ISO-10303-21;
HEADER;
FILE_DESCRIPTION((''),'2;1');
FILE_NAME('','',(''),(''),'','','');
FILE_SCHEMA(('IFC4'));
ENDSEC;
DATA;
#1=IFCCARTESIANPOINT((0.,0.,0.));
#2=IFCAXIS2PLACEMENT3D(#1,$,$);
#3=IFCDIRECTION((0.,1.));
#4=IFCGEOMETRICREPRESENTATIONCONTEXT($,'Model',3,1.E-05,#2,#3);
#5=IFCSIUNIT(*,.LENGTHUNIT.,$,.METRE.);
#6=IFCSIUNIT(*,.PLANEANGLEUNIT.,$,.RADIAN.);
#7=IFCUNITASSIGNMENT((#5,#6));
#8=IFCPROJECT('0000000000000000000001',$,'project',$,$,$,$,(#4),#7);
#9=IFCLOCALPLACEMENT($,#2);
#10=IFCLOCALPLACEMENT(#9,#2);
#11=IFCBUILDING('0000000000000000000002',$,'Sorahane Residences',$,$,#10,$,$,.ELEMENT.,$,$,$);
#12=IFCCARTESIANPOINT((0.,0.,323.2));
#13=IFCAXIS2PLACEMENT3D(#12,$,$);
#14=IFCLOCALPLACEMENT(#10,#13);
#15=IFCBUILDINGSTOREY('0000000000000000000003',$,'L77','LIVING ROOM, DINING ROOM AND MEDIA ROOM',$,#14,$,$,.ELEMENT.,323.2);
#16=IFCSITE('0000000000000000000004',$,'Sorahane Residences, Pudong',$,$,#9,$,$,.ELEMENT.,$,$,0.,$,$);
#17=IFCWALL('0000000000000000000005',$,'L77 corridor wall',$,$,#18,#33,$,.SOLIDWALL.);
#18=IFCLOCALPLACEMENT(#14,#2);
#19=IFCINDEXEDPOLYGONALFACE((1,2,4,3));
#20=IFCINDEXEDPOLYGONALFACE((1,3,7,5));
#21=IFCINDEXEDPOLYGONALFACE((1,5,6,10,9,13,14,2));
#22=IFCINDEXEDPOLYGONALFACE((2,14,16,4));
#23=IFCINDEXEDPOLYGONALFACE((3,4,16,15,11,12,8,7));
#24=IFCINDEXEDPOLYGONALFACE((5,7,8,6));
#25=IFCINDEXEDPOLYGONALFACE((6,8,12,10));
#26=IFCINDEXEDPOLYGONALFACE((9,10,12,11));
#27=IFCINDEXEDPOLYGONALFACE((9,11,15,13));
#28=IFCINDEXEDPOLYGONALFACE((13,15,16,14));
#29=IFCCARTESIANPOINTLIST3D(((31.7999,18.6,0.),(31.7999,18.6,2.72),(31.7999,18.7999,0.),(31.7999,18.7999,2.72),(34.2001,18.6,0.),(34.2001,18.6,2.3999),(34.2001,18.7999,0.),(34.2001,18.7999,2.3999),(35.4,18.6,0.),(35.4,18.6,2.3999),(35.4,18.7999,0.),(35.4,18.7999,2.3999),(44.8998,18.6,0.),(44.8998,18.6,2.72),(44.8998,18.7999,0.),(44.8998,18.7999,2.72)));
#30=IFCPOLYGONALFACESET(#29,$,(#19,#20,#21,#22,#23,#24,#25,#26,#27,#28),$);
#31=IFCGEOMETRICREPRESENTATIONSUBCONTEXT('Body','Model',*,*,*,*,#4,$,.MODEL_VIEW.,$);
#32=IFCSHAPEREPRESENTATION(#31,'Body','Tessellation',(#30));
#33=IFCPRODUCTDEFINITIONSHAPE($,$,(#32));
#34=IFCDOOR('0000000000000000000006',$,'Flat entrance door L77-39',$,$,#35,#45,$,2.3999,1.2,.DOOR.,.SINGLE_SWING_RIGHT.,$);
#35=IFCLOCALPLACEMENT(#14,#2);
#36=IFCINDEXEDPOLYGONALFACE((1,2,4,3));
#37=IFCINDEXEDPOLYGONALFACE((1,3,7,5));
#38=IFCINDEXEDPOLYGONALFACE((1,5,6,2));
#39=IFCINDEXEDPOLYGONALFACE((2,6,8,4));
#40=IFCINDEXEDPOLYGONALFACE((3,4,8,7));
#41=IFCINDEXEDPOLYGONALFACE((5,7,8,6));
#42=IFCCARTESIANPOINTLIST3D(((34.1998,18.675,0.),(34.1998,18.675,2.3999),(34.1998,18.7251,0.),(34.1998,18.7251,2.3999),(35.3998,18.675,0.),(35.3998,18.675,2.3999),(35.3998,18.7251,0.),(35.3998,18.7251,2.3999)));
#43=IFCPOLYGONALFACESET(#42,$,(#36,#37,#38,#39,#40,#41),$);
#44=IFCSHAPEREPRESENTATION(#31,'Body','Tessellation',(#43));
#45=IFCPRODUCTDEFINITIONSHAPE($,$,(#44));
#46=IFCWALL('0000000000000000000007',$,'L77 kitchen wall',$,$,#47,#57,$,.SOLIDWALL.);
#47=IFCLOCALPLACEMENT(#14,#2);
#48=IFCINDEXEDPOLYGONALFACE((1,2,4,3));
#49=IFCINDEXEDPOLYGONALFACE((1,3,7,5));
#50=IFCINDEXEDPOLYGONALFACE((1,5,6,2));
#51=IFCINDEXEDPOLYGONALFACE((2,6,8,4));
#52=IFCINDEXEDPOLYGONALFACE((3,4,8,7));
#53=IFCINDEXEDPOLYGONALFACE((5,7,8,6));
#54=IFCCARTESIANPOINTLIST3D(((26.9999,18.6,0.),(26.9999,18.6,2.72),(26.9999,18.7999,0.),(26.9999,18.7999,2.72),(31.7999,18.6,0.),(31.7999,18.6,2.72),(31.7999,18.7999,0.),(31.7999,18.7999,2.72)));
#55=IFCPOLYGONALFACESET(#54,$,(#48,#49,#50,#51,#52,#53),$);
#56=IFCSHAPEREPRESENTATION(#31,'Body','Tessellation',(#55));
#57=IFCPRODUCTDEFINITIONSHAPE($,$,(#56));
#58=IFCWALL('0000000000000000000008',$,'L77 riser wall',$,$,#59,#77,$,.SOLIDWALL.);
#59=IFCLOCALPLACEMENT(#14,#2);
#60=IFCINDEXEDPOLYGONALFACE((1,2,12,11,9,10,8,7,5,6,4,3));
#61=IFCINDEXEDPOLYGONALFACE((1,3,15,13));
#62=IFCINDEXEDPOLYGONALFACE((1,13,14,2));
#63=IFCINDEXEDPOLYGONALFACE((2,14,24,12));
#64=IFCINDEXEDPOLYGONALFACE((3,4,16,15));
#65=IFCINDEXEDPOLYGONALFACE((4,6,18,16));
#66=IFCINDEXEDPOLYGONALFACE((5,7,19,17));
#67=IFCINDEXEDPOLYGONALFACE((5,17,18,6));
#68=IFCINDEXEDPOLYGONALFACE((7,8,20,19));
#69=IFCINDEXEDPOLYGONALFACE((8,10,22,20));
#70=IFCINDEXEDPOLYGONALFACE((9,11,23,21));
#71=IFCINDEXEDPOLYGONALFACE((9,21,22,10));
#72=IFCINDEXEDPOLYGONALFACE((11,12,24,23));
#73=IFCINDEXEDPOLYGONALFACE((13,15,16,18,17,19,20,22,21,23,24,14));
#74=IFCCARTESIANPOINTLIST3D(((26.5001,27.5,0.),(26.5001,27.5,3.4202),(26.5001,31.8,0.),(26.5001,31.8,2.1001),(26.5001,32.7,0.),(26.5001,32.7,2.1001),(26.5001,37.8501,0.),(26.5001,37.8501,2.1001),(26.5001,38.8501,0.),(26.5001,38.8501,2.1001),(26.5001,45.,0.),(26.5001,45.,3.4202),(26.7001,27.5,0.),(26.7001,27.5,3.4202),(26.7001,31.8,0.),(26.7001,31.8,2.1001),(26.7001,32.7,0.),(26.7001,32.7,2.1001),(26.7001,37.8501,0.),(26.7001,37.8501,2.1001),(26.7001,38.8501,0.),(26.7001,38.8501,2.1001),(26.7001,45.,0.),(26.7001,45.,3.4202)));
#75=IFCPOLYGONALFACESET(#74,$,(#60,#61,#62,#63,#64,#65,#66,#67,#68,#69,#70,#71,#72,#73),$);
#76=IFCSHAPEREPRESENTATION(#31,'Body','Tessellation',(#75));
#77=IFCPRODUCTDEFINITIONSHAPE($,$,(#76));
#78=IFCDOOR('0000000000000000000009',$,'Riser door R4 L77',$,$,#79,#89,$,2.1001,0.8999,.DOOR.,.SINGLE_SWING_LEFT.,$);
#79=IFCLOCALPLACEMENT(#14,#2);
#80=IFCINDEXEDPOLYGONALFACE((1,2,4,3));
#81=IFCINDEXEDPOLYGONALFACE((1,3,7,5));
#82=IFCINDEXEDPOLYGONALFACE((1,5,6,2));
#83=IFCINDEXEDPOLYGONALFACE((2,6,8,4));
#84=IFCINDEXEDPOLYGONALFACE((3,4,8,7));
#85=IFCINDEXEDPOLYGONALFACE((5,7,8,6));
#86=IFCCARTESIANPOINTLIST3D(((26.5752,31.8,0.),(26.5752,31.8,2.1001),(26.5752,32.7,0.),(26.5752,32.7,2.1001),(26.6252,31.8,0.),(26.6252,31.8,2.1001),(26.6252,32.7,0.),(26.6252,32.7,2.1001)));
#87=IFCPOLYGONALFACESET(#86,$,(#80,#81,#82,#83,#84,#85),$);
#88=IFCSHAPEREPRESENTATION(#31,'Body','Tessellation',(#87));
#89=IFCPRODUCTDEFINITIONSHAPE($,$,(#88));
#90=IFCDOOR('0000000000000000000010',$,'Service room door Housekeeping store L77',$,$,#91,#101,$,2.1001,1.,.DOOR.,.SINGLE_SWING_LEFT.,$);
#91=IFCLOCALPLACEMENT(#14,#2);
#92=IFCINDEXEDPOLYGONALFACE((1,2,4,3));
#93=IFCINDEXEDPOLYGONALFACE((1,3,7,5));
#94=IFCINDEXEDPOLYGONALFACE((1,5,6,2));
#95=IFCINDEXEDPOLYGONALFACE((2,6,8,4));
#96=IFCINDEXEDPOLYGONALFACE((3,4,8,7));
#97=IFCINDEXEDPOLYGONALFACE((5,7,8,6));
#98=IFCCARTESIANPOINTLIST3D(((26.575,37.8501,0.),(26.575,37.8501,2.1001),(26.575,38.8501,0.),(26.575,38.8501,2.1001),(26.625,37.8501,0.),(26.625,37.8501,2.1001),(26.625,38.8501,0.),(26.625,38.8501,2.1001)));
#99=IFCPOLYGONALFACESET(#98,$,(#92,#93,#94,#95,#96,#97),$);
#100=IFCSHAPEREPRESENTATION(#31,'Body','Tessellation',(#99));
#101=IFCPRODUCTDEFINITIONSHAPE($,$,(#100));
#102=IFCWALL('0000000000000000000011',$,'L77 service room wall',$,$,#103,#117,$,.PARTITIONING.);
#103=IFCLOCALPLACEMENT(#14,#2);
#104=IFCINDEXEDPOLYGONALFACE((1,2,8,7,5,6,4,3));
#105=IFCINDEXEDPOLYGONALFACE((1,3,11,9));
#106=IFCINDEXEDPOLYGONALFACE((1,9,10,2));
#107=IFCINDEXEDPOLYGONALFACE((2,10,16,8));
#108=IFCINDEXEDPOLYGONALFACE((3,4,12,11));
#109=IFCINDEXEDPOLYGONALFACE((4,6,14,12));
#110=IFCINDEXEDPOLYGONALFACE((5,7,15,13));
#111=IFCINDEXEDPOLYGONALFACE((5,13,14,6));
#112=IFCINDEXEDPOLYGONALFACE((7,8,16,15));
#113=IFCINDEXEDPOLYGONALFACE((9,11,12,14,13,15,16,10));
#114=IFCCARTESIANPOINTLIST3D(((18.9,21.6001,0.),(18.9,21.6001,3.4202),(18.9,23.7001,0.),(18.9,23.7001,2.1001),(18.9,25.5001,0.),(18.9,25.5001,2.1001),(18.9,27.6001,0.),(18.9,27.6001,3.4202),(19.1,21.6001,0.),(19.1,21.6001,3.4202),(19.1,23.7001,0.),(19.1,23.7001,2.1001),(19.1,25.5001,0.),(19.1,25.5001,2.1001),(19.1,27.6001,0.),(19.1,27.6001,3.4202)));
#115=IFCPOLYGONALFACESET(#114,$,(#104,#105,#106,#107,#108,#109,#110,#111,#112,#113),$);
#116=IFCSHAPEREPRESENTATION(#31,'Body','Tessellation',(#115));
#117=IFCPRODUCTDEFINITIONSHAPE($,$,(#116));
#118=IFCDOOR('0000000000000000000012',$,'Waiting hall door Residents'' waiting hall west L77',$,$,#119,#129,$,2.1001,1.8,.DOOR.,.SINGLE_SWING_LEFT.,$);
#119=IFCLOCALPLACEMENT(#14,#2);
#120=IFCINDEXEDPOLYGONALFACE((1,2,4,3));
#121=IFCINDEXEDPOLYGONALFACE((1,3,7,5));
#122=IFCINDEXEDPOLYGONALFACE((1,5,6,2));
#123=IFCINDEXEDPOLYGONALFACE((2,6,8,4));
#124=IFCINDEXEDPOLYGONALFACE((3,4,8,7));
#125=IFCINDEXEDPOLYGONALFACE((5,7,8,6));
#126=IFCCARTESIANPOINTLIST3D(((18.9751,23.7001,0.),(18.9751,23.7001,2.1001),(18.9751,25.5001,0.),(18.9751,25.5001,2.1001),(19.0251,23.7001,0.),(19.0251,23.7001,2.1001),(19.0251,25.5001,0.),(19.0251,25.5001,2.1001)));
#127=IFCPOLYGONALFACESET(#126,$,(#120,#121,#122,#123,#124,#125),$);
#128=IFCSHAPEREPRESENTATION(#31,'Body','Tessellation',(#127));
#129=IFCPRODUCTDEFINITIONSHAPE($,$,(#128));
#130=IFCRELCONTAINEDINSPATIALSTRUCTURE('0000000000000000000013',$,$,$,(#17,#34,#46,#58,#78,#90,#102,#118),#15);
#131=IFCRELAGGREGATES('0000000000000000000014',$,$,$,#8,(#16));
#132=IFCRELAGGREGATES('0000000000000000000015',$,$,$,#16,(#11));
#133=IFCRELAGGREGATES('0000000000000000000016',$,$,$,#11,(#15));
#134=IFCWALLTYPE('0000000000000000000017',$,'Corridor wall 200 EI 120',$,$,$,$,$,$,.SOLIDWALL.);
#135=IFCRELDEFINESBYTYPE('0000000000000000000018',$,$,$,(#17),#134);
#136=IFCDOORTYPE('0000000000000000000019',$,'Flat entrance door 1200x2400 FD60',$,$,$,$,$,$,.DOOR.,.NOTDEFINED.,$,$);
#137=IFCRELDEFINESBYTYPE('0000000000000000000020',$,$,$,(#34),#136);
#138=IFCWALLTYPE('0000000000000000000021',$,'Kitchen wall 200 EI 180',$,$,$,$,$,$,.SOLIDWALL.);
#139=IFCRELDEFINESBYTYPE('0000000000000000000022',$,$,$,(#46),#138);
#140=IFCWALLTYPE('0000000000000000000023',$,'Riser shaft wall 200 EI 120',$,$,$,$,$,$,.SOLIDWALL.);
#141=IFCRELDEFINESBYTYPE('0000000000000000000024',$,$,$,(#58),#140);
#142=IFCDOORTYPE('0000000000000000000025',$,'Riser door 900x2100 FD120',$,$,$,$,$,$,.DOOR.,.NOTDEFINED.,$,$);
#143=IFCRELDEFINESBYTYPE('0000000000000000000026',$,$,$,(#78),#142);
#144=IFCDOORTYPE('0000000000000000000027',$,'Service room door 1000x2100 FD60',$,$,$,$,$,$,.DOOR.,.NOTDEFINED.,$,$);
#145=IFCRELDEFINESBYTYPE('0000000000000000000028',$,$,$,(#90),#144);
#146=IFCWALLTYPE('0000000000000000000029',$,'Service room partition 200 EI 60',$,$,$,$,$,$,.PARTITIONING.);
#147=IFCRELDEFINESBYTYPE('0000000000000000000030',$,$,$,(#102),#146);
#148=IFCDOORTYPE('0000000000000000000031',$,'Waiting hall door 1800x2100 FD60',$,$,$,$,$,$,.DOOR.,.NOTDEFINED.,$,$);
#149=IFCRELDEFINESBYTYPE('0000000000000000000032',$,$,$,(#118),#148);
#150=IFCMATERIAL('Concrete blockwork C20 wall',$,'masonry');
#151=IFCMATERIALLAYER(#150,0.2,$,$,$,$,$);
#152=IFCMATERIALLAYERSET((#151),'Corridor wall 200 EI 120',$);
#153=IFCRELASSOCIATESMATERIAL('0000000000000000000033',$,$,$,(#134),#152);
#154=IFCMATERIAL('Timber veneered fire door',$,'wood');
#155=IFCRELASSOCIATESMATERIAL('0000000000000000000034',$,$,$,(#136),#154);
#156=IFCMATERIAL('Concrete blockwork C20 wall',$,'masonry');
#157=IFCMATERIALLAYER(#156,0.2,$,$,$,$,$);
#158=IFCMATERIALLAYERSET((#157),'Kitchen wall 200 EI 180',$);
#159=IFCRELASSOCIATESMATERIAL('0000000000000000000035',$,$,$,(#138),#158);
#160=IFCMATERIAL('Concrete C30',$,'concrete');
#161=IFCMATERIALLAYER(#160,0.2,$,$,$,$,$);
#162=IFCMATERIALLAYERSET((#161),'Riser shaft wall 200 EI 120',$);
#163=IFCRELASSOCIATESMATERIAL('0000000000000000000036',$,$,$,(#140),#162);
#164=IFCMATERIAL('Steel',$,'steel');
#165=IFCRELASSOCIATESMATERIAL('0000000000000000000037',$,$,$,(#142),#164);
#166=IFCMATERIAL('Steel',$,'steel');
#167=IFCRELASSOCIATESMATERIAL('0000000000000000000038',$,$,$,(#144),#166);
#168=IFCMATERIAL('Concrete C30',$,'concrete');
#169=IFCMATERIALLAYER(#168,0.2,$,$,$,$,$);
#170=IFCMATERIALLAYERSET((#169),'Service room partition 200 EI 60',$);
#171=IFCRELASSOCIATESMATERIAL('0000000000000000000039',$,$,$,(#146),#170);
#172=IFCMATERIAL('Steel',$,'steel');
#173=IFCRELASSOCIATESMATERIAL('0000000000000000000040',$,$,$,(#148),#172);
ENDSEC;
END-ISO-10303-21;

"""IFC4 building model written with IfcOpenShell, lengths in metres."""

from ifc_helpers import new_model, si_unit, direction, frame, frame_2d, origin, place, context, subcontext, project, spatial, rectangle, extrude, material, layer, layer_set, type_object, element, fill, save


model = new_model("IFC4")

# Units and contexts
model_context = context("Model", 3, precision=1e-05, world=origin(), true_north=direction((0.0, 1.0)))
body_context = subcontext(model_context, "Body", "Model", "MODEL_VIEW")
ifc_project = project(units=[si_unit("LENGTHUNIT", "METRE"), si_unit("PLANEANGLEUNIT", "RADIAN")], contexts=[model_context])

# Site, building, storey
site_placement = place(None, origin())
site = spatial("IfcSite", under=ifc_project, at=site_placement, Name="Sorahane Residences, Pudong", CompositionType="ELEMENT", RefElevation=0.0)
building_placement = place(site_placement, origin())
building = spatial("IfcBuilding", under=site, at=building_placement, Name="Sorahane Residences", CompositionType="ELEMENT")
storey_placement = place(building_placement, frame((0.0, 0.0, 323.2)))
storey = spatial("IfcBuildingStorey", under=building, at=storey_placement, Name="L77", Description="LIVING ROOM, DINING ROOM AND MEDIA ROOM", CompositionType="ELEMENT", Elevation=323.2)

# Wall, opening, door
ifc_material_1 = material(Name="Concrete blockwork C20 wall", Category="masonry")
ifc_layer_1 = layer(ifc_material_1, 0.2)
ifc_layer_set_1 = layer_set([ifc_layer_1], Name="Corridor wall 200 EI 120")
wall_type_1 = type_object("IfcWallType", Name="Corridor wall 200 EI 120", PredefinedType="SOLIDWALL", material=ifc_layer_set_1)
wall_1_placement = place(storey_placement, frame((31.8, 18.7, 0.0), z_axis=(0.0, 0.0, 1.0), x_axis=(1.0, 0.0, 0.0)))
wall_1 = element("IfcWall", 1, at=wall_1_placement, inside=storey, type_object=wall_type_1, Name="L77 corridor wall", PredefinedType="SOLIDWALL", context=body_context, shape_type="SweptSolid", body=[
    extrude(rectangle(XDim=13.0999, YDim=0.2, at=frame_2d((6.5498, 0.0))), origin(), (0.0, 0.0, 1.0), 2.72),
])
opening_1_placement = place(wall_1_placement, frame((2.3999, 0.0, 0.0)))
opening_1 = element("IfcOpeningElement", 2, at=opening_1_placement, cuts=wall_1, PredefinedType="OPENING", context=body_context, shape_type="SweptSolid", body=[
    extrude(rectangle(XDim=1.2, YDim=2.3999, at=frame_2d((0.6001, 1.2))), frame((0.0, 0.1099, 0.0), z_axis=(0.0, -1.0, 0.0), x_axis=(1.0, 0.0, 0.0)), (0.0, 0.0, 1.0), 0.22),
])
ifc_material_2 = material(Name="Timber veneered fire door", Category="wood")
door_type_1 = type_object("IfcDoorType", Name="Flat entrance door 1200x2400 FD60", OperationType="NOTDEFINED", PredefinedType="DOOR", material=ifc_material_2)
door_1_placement = place(opening_1_placement, frame((1.2, 0.0, 0.0), z_axis=(0.0, 0.0, 1.0), x_axis=(-1.0, 0.0, 0.0)))
door_1 = element("IfcDoor", 3, at=door_1_placement, inside=storey, type_object=door_type_1, Name="Flat entrance door L77-39", OperationType="SINGLE_SWING_RIGHT", OverallHeight=2.3999, OverallWidth=1.2, PredefinedType="DOOR", context=body_context, shape_type="SweptSolid", body=[
    extrude(rectangle(XDim=1.2, YDim=2.3999, at=frame_2d((0.6001, 1.2))), frame((0.0, 0.0249, 0.0), z_axis=(0.0, -1.0, 0.0), x_axis=(1.0, 0.0, 0.0)), (0.0, 0.0, 1.0), 0.05),
])
fill(opening_1, door_1)

# Wall
ifc_material_3 = material(Name="Concrete blockwork C20 wall", Category="masonry")
ifc_layer_2 = layer(ifc_material_3, 0.2)
ifc_layer_set_2 = layer_set([ifc_layer_2], Name="Kitchen wall 200 EI 180")
wall_type_2 = type_object("IfcWallType", Name="Kitchen wall 200 EI 180", PredefinedType="SOLIDWALL", material=ifc_layer_set_2)
wall_2_placement = place(storey_placement, frame((27.0, 18.7, 0.0), z_axis=(0.0, 0.0, 1.0), x_axis=(1.0, 0.0, 0.0)))
element("IfcWall", 4, at=wall_2_placement, inside=storey, type_object=wall_type_2, Name="L77 kitchen wall", PredefinedType="SOLIDWALL", context=body_context, shape_type="SweptSolid", body=[
    extrude(rectangle(XDim=4.8, YDim=0.2, at=frame_2d((2.3999, 0.0))), origin(), (0.0, 0.0, 1.0), 2.72),
])

# Wall, openings, doors
ifc_material_4 = material(Name="Concrete C30", Category="concrete")
ifc_layer_3 = layer(ifc_material_4, 0.2)
ifc_layer_set_3 = layer_set([ifc_layer_3], Name="Riser shaft wall 200 EI 120")
wall_type_3 = type_object("IfcWallType", Name="Riser shaft wall 200 EI 120", PredefinedType="SOLIDWALL", material=ifc_layer_set_3)
wall_3_placement = place(storey_placement, frame((26.6001, 27.5, 0.0), z_axis=(0.0, 0.0, 1.0), x_axis=(0.0, 1.0, 0.0)))
wall_3 = element("IfcWall", 5, at=wall_3_placement, inside=storey, type_object=wall_type_3, Name="L77 riser wall", PredefinedType="SOLIDWALL", context=body_context, shape_type="SweptSolid", body=[
    extrude(rectangle(XDim=17.5, YDim=0.2, at=frame_2d((8.75, 0.0))), origin(), (0.0, 0.0, 1.0), 3.4202),
])
opening_2_placement = place(wall_3_placement, frame((4.3, 0.0, 0.0)))
opening_2 = element("IfcOpeningElement", 6, at=opening_2_placement, cuts=wall_3, PredefinedType="OPENING", context=body_context, shape_type="SweptSolid", body=[
    extrude(rectangle(XDim=0.8999, YDim=2.1001, at=frame_2d((0.45, 1.05))), frame((0.0, 0.1099, 0.0), z_axis=(0.0, -1.0, 0.0), x_axis=(1.0, 0.0, 0.0)), (0.0, 0.0, 1.0), 0.22),
])
opening_3_placement = place(wall_3_placement, frame((10.3501, 0.0, 0.0)))
opening_3 = element("IfcOpeningElement", 7, at=opening_3_placement, cuts=wall_3, PredefinedType="OPENING", context=body_context, shape_type="SweptSolid", body=[
    extrude(rectangle(XDim=1.0, YDim=2.1001, at=frame_2d((0.5, 1.05))), frame((0.0, 0.1099, 0.0), z_axis=(0.0, -1.0, 0.0), x_axis=(1.0, 0.0, 0.0)), (0.0, 0.0, 1.0), 0.22),
])
ifc_material_5 = material(Name="Steel", Category="steel")
door_type_2 = type_object("IfcDoorType", Name="Riser door 900x2100 FD120", OperationType="NOTDEFINED", PredefinedType="DOOR", material=ifc_material_5)
door_2_placement = place(opening_2_placement, origin())
door_2 = element("IfcDoor", 8, at=door_2_placement, inside=storey, type_object=door_type_2, Name="Riser door R4 L77", OperationType="SINGLE_SWING_LEFT", OverallHeight=2.1001, OverallWidth=0.8999, PredefinedType="DOOR", context=body_context, shape_type="SweptSolid", body=[
    extrude(rectangle(XDim=0.8999, YDim=2.1001, at=frame_2d((0.45, 1.05))), frame((0.0, 0.0249, 0.0), z_axis=(0.0, -1.0, 0.0), x_axis=(1.0, 0.0, 0.0)), (0.0, 0.0, 1.0), 0.05),
])
fill(opening_2, door_2)
ifc_material_6 = material(Name="Steel", Category="steel")
door_type_3 = type_object("IfcDoorType", Name="Service room door 1000x2100 FD60", OperationType="NOTDEFINED", PredefinedType="DOOR", material=ifc_material_6)
door_3_placement = place(opening_3_placement, frame((1.0, 0.0, 0.0), z_axis=(0.0, 0.0, 1.0), x_axis=(-1.0, 0.0, 0.0)))
door_3 = element("IfcDoor", 9, at=door_3_placement, inside=storey, type_object=door_type_3, Name="Service room door Housekeeping store L77", OperationType="SINGLE_SWING_LEFT", OverallHeight=2.1001, OverallWidth=1.0, PredefinedType="DOOR", context=body_context, shape_type="SweptSolid", body=[
    extrude(rectangle(XDim=1.0, YDim=2.1001, at=frame_2d((0.5, 1.05))), frame((0.0, 0.0249, 0.0), z_axis=(0.0, -1.0, 0.0), x_axis=(1.0, 0.0, 0.0)), (0.0, 0.0, 1.0), 0.05),
])
fill(opening_3, door_3)

# Wall, opening, door
ifc_material_7 = material(Name="Concrete C30", Category="concrete")
ifc_layer_4 = layer(ifc_material_7, 0.2)
ifc_layer_set_4 = layer_set([ifc_layer_4], Name="Service room partition 200 EI 60")
wall_type_4 = type_object("IfcWallType", Name="Service room partition 200 EI 60", PredefinedType="PARTITIONING", material=ifc_layer_set_4)
wall_4_placement = place(storey_placement, frame((19.0, 21.6001, 0.0), z_axis=(0.0, 0.0, 1.0), x_axis=(0.0, 1.0, 0.0)))
wall_4 = element("IfcWall", 10, at=wall_4_placement, inside=storey, type_object=wall_type_4, Name="L77 service room wall", PredefinedType="PARTITIONING", context=body_context, shape_type="SweptSolid", body=[
    extrude(rectangle(XDim=6.0, YDim=0.2, at=frame_2d((3.0, 0.0))), origin(), (0.0, 0.0, 1.0), 3.4202),
])
opening_4_placement = place(wall_4_placement, frame((2.1001, 0.0, 0.0)))
opening_4 = element("IfcOpeningElement", 11, at=opening_4_placement, cuts=wall_4, PredefinedType="OPENING", context=body_context, shape_type="SweptSolid", body=[
    extrude(rectangle(XDim=1.8, YDim=2.1001, at=frame_2d((0.8999, 1.05))), frame((0.0, 0.1099, 0.0), z_axis=(0.0, -1.0, 0.0), x_axis=(1.0, 0.0, 0.0)), (0.0, 0.0, 1.0), 0.22),
])
ifc_material_8 = material(Name="Steel", Category="steel")
door_type_4 = type_object("IfcDoorType", Name="Waiting hall door 1800x2100 FD60", OperationType="NOTDEFINED", PredefinedType="DOOR", material=ifc_material_8)
door_4_placement = place(opening_4_placement, origin())
door_4 = element("IfcDoor", 12, at=door_4_placement, inside=storey, type_object=door_type_4, Name="Waiting hall door Residents' waiting hall west L77", OperationType="SINGLE_SWING_LEFT", OverallHeight=2.1001, OverallWidth=1.8, PredefinedType="DOOR", context=body_context, shape_type="SweptSolid", body=[
    extrude(rectangle(XDim=1.8, YDim=2.1001, at=frame_2d((0.8999, 1.05))), frame((0.0, 0.0249, 0.0), z_axis=(0.0, -1.0, 0.0), x_axis=(1.0, 0.0, 0.0)), (0.0, 0.0, 1.0), 0.05),
])
fill(opening_4, door_4)

save(model, "model.ifc")
